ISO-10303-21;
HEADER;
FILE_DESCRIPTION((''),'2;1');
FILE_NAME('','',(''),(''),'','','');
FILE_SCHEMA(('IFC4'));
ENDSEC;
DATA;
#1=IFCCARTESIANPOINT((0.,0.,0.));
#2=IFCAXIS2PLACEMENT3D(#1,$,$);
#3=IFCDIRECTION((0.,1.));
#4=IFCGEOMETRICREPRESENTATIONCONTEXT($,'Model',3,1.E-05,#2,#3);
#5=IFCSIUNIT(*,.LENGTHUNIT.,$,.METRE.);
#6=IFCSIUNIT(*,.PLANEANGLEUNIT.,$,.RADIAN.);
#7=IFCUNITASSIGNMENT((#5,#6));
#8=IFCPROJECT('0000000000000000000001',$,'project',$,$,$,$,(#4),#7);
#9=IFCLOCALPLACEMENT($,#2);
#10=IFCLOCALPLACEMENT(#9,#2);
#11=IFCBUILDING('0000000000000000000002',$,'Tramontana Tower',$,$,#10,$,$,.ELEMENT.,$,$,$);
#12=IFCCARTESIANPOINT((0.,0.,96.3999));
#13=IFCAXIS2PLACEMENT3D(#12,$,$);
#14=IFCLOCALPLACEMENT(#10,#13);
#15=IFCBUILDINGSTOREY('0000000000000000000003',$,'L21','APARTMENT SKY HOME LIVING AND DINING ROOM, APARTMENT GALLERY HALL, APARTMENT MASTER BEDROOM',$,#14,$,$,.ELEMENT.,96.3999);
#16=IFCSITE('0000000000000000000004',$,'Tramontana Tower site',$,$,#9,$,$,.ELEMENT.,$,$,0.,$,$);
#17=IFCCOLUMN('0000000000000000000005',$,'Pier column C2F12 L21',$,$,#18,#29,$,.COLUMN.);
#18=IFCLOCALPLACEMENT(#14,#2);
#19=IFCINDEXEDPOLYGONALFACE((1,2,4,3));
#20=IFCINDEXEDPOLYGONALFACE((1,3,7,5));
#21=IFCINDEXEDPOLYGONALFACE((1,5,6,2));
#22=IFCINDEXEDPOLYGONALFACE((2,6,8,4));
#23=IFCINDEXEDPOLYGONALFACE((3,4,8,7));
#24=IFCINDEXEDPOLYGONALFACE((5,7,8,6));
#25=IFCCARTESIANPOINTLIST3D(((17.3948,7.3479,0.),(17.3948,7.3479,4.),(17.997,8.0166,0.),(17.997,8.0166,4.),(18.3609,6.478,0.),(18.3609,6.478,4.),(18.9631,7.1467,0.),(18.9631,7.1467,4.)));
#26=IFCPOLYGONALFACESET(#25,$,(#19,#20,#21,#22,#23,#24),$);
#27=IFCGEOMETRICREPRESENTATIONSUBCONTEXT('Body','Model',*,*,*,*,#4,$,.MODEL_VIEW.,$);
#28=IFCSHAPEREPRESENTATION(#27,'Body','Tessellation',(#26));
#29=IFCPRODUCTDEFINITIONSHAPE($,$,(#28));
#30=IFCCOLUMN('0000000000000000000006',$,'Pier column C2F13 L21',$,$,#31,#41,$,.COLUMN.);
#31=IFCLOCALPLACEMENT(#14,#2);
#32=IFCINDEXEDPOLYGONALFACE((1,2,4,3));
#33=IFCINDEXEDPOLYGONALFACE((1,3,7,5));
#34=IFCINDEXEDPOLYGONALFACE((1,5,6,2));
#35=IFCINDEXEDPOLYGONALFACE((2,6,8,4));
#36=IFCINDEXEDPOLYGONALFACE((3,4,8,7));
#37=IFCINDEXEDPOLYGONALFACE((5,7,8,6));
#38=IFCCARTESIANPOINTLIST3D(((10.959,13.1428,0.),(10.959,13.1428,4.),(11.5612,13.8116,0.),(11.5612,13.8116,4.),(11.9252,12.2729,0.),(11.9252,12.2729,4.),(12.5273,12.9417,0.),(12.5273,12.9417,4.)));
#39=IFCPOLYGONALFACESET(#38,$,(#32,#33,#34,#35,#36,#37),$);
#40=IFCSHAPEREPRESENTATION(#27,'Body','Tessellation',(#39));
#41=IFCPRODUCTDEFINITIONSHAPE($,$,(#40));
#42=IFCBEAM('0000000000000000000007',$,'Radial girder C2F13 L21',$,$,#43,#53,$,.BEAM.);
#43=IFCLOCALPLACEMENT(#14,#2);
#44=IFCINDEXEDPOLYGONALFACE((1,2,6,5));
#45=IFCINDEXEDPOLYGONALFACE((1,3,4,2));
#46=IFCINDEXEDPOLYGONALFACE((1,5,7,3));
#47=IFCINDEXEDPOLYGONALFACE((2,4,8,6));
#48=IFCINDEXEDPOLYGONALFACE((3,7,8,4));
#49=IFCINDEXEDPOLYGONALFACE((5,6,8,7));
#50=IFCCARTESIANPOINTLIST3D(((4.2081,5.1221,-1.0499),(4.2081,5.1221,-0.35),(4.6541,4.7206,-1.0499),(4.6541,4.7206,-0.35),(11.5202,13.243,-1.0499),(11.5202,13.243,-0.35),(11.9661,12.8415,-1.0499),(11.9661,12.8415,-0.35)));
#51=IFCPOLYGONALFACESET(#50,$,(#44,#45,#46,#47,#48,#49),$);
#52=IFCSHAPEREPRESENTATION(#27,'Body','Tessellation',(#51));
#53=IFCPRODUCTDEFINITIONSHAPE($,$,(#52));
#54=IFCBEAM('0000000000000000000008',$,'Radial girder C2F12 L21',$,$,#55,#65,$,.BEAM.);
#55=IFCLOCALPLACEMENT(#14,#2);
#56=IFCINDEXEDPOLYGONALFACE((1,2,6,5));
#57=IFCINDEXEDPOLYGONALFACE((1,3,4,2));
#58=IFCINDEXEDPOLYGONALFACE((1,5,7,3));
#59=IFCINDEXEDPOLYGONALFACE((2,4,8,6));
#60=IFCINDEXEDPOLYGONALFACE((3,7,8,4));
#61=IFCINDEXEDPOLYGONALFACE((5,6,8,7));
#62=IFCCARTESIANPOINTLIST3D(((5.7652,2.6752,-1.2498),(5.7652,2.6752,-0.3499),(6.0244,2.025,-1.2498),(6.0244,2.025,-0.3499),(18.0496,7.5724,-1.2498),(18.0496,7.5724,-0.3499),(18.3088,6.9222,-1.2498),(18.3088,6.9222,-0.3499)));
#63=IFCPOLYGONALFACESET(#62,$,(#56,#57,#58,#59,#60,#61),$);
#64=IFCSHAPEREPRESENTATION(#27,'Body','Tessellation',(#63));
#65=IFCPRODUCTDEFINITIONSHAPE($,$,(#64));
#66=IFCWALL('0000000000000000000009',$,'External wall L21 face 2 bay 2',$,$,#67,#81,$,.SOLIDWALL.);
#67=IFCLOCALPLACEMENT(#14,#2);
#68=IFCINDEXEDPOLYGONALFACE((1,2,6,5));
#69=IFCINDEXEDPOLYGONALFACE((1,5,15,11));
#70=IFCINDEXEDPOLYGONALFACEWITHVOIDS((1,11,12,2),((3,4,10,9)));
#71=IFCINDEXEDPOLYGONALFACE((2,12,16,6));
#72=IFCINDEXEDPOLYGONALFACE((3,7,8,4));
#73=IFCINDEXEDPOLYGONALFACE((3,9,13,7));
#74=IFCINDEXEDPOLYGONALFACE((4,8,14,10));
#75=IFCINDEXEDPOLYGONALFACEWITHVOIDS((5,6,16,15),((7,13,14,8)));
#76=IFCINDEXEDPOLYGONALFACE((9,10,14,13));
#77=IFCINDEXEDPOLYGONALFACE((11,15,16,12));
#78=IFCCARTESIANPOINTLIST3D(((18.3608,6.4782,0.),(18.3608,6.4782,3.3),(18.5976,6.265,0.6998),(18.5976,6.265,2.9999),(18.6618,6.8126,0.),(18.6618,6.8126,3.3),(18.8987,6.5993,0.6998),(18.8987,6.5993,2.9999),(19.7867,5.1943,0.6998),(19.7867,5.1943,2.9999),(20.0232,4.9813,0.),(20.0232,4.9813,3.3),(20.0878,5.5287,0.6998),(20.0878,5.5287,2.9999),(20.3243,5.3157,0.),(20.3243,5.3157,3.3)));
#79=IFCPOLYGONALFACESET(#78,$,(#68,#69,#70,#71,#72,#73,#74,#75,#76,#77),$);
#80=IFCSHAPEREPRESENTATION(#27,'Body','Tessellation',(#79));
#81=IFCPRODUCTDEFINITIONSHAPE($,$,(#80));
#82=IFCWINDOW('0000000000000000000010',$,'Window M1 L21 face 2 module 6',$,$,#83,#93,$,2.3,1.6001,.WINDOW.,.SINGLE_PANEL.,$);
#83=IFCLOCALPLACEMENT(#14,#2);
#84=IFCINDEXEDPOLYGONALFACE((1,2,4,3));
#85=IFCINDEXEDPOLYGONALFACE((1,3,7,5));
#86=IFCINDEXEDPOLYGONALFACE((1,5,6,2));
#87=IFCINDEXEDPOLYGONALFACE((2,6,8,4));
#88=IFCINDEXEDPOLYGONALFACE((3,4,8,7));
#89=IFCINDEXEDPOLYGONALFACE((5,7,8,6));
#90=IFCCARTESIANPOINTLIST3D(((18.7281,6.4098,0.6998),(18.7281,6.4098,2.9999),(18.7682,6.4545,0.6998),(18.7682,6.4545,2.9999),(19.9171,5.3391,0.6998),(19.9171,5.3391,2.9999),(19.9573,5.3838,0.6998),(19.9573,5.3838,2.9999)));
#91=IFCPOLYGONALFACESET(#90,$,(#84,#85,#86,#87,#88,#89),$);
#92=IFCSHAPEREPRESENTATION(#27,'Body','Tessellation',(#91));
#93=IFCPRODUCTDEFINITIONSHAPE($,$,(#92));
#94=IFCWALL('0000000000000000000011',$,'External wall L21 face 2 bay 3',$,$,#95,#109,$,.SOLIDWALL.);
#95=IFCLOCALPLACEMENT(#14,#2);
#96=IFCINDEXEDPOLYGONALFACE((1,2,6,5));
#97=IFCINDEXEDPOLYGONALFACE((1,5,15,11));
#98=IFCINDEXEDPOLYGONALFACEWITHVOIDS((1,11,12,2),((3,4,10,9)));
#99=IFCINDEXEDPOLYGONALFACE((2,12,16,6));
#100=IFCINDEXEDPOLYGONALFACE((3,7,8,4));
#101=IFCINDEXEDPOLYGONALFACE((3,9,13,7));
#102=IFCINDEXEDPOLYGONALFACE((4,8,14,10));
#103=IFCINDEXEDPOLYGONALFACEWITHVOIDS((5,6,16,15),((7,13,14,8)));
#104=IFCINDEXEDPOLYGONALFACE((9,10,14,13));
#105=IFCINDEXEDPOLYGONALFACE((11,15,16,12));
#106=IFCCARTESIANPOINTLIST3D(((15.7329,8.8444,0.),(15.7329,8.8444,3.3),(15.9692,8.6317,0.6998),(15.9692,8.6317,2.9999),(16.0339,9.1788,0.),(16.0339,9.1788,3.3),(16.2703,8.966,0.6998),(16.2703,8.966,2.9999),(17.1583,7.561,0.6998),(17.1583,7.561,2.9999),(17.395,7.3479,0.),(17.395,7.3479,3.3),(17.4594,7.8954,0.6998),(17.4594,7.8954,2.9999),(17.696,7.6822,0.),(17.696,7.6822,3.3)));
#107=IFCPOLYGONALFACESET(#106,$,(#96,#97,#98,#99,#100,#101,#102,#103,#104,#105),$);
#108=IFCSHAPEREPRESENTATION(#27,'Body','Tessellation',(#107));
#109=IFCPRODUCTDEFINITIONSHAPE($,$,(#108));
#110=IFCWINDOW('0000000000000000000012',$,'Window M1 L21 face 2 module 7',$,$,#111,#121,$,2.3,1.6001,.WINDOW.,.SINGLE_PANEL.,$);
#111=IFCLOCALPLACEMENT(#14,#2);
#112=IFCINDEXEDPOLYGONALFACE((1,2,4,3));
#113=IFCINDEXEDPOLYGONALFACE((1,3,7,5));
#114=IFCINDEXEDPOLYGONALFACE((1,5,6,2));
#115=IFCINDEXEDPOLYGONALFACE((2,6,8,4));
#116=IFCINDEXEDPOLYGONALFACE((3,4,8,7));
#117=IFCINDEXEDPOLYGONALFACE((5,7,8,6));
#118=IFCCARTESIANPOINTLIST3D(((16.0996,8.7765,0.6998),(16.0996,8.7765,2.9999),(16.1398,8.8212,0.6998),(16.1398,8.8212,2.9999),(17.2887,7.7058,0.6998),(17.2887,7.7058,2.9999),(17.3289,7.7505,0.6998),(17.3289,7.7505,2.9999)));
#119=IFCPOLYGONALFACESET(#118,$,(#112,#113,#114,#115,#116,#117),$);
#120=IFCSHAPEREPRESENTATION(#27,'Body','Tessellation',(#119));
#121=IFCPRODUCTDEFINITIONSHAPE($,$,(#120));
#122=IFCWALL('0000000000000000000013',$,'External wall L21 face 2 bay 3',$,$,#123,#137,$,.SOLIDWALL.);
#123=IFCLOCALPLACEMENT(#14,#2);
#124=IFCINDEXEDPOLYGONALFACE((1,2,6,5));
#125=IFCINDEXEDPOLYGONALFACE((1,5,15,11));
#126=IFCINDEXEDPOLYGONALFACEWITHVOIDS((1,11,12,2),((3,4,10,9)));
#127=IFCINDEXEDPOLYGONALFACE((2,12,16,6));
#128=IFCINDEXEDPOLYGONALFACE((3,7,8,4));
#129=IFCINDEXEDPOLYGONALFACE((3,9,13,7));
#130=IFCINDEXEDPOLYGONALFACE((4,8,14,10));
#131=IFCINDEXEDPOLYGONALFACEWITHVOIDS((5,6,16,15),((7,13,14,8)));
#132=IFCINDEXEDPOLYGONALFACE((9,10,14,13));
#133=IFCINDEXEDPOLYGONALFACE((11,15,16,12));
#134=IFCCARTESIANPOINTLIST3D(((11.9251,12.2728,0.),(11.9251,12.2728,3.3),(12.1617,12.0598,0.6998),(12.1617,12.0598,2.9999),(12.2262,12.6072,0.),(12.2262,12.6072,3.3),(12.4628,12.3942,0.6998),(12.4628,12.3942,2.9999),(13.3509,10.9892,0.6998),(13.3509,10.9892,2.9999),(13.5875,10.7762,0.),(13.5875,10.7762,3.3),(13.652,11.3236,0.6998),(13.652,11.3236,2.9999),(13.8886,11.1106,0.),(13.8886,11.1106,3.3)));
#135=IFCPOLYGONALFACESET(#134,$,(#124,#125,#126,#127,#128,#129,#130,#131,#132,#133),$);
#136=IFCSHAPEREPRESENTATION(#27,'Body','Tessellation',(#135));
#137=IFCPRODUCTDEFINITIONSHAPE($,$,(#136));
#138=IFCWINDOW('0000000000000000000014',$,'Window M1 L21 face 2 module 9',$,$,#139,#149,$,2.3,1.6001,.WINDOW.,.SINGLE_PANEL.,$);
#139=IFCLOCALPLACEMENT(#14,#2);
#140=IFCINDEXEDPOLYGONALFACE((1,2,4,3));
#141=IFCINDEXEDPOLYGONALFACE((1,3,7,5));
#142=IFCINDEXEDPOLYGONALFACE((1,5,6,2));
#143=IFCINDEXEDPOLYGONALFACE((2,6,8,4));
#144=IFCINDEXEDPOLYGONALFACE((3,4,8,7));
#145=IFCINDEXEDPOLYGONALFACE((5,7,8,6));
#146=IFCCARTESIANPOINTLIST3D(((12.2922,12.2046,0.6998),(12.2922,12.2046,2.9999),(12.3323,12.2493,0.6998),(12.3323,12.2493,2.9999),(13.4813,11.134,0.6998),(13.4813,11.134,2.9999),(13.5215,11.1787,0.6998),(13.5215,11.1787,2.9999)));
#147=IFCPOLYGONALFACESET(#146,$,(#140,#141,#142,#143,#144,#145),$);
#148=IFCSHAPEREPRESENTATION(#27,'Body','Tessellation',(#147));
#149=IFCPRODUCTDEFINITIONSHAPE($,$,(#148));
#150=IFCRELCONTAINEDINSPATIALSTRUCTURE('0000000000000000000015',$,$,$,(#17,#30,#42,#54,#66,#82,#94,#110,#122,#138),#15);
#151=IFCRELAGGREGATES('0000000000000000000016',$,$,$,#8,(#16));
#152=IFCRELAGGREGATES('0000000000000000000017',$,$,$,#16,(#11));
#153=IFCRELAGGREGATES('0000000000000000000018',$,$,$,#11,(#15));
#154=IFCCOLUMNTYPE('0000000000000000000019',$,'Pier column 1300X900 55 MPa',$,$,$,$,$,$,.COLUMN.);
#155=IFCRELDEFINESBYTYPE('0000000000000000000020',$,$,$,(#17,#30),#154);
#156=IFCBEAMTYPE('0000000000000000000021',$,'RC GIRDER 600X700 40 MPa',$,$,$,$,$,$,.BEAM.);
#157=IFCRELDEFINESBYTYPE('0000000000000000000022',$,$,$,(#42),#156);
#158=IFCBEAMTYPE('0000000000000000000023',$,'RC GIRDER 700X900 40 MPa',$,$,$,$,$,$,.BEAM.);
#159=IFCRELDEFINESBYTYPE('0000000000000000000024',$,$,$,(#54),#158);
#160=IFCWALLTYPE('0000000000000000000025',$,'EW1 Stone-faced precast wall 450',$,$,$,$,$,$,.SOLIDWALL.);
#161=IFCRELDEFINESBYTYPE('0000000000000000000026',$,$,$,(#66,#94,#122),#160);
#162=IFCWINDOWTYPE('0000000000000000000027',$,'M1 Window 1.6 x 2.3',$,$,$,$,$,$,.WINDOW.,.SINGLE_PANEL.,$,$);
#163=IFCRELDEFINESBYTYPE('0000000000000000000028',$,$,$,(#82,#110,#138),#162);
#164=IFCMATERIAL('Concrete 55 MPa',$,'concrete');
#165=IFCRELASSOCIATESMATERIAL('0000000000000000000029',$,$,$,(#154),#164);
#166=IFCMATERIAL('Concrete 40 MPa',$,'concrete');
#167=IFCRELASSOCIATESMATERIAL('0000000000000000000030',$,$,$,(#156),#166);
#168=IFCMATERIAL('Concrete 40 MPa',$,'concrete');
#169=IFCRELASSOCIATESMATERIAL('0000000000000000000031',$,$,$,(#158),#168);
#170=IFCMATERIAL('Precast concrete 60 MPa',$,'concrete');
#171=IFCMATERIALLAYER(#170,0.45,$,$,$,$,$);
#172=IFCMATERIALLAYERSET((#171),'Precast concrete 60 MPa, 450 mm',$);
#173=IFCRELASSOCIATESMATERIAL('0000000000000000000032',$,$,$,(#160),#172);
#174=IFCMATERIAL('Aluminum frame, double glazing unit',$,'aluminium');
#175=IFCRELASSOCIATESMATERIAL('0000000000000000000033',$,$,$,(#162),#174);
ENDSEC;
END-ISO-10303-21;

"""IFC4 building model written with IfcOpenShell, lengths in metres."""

from ifc_helpers import new_model, si_unit, direction, frame, frame_2d, origin, origin_2d, place, context, subcontext, project, spatial, rectangle, extrude, material, layer, layer_set, material_profile, profile_set, type_object, element, fill, save


model = new_model("IFC4")

# Units and contexts
model_context = context("Model", 3, precision=1e-05, world=origin(), true_north=direction((0.0, 1.0)))
body_context = subcontext(model_context, "Body", "Model", "MODEL_VIEW")
ifc_project = project(units=[si_unit("LENGTHUNIT", "METRE"), si_unit("PLANEANGLEUNIT", "RADIAN")], contexts=[model_context])

# Site, building, storey
site_placement = place(None, origin())
site = spatial("IfcSite", under=ifc_project, at=site_placement, Name="Tramontana Tower site", CompositionType="ELEMENT", RefElevation=0.0)
building_placement = place(site_placement, origin())
building = spatial("IfcBuilding", under=site, at=building_placement, Name="Tramontana Tower", CompositionType="ELEMENT")
storey_placement = place(building_placement, frame((0.0, 0.0, 96.3999)))
storey = spatial("IfcBuildingStorey", under=building, at=storey_placement, Name="L21", Description="APARTMENT SKY HOME LIVING AND DINING ROOM, APARTMENT GALLERY HALL, APARTMENT MASTER BEDROOM", CompositionType="ELEMENT", Elevation=96.3999)

# Columns
ifc_material_1 = material(Name="Concrete 55 MPa", Category="concrete")
ifc_material_profile_1 = material_profile(ifc_material_1, rectangle(XDim=1.3, YDim=0.8999, at=origin_2d()), Name="Pier column 1300X900 55 MPa")
ifc_profile_set_1 = profile_set([ifc_material_profile_1], Name="Concrete 55 MPa")
column_type = type_object("IfcColumnType", Name="Pier column 1300X900 55 MPa", PredefinedType="COLUMN", material=ifc_profile_set_1)
for number, where, z_axis, x_axis, name in (
    (1, (18.179, 7.2473, 0.0), (0.0, 0.0, 1.0), (-0.743145, 0.669131, 0.0), "Pier column C2F12 L21"),
    (2, (11.7432, 13.0422, 0.0), (0.0, 0.0, 1.0), (-0.743145, 0.669131, 0.0), "Pier column C2F13 L21"),
):
    element("IfcColumn", number, at=place(storey_placement, frame(where, z_axis=z_axis, x_axis=x_axis)), inside=storey, type_object=column_type, Name=name, PredefinedType="COLUMN", context=body_context, shape_type="SweptSolid", body=[
        extrude(rectangle(XDim=1.3, YDim=0.8999, at=origin_2d()), origin(), (0.0, 0.0, 1.0), 4.0),
    ])

# Beams
ifc_material_2 = material(Name="Concrete 40 MPa", Category="concrete")
ifc_material_profile_2 = material_profile(ifc_material_2, rectangle(XDim=0.6001, YDim=0.7, at=origin_2d()), Name="RC GIRDER 600X700 40 MPa")
ifc_profile_set_2 = profile_set([ifc_material_profile_2], Name="Concrete 40 MPa")
beam_type_1 = type_object("IfcBeamType", Name="RC GIRDER 600X700 40 MPa", PredefinedType="BEAM", material=ifc_profile_set_2)
beam_1_placement = place(storey_placement, frame((11.7432, 13.0422, -0.7), z_axis=(-0.669129, -0.743146, 0.0), x_axis=(0.743146, -0.669129, 0.0)))
element("IfcBeam", 3, at=beam_1_placement, inside=storey, type_object=beam_type_1, Name="Radial girder C2F13 L21", PredefinedType="BEAM", context=body_context, shape_type="SweptSolid", body=[
    extrude(rectangle(XDim=0.6001, YDim=0.7, at=origin_2d()), origin(), (0.0, 0.0, 1.0), 10.9277),
])
ifc_material_3 = material(Name="Concrete 40 MPa", Category="concrete")
ifc_material_profile_3 = material_profile(ifc_material_3, rectangle(XDim=0.7, YDim=0.8999, at=origin_2d()), Name="RC GIRDER 700X900 40 MPa")
ifc_profile_set_3 = profile_set([ifc_material_profile_3], Name="Concrete 40 MPa")
beam_type_2 = type_object("IfcBeamType", Name="RC GIRDER 700X900 40 MPa", PredefinedType="BEAM", material=ifc_profile_set_3)
beam_2_placement = place(storey_placement, frame((18.1792, 7.2473, -0.7998), z_axis=(-0.928908, -0.370311, 0.0), x_axis=(0.370311, -0.928908, 0.0)))
element("IfcBeam", 4, at=beam_2_placement, inside=storey, type_object=beam_type_2, Name="Radial girder C2F12 L21", PredefinedType="BEAM", context=body_context, shape_type="SweptSolid", body=[
    extrude(rectangle(XDim=0.7, YDim=0.8999, at=origin_2d()), origin(), (0.0, 0.0, 1.0), 13.2246),
])

# Walls, openings, windows
ifc_material_4 = material(Name="Precast concrete 60 MPa", Category="concrete")
ifc_layer_1 = layer(ifc_material_4, 0.45)
ifc_layer_set_1 = layer_set([ifc_layer_1], Name="Precast concrete 60 MPa, 450 mm")
wall_type_1 = type_object("IfcWallType", Name="EW1 Stone-faced precast wall 450", PredefinedType="SOLIDWALL", material=ifc_layer_set_1)
wall_1_placement = place(storey_placement, frame((20.1738, 5.1484, 0.0), z_axis=(0.0, 0.0, 1.0), x_axis=(-0.743137, 0.66914, 0.0)))
wall_1 = element("IfcWall", 5, at=wall_1_placement, inside=storey, type_object=wall_type_1, Name="External wall L21 face 2 bay 2", PredefinedType="SOLIDWALL", context=body_context, shape_type="SweptSolid", body=[
    extrude(rectangle(XDim=2.2371, YDim=0.45, at=frame_2d((1.1187, 0.0))), origin(), (0.0, 0.0, 1.0), 3.3),
])
opening_1_placement = place(wall_1_placement, frame((0.3184, 0.0, 0.7)))
opening_1 = element("IfcOpeningElement", 6, at=opening_1_placement, cuts=wall_1, PredefinedType="OPENING", context=body_context, shape_type="SweptSolid", body=[
    extrude(rectangle(XDim=1.6001, YDim=2.3, at=frame_2d((0.8, 1.1499))), frame((0.0, 0.2349, 0.0), z_axis=(0.0, -1.0, 0.0), x_axis=(1.0, 0.0, 0.0)), (0.0, 0.0, 1.0), 0.47),
])
ifc_material_5 = material(Name="Aluminum frame, double glazing unit", Category="aluminium")
window_type = type_object("IfcWindowType", Name="M1 Window 1.6 x 2.3", PartitioningType="SINGLE_PANEL", PredefinedType="WINDOW", material=ifc_material_5)
window_1_placement = place(opening_1_placement, origin())
window_1 = element("IfcWindow", 7, at=window_1_placement, inside=storey, type_object=window_type, Name="Window M1 L21 face 2 module 6", OverallHeight=2.3, OverallWidth=1.6001, PartitioningType="SINGLE_PANEL", PredefinedType="WINDOW", context=body_context, shape_type="SweptSolid", body=[
    extrude(rectangle(XDim=1.6001, YDim=2.3, at=frame_2d((0.8, 1.1499))), frame((0.0, 0.03, 0.0), z_axis=(0.0, -1.0, 0.0), x_axis=(1.0, 0.0, 0.0)), (0.0, 0.0, 1.0), 0.0601),
])
fill(opening_1, window_1)
wall_2_placement = place(storey_placement, frame((17.5454, 7.5151, 0.0), z_axis=(0.0, 0.0, 1.0), x_axis=(-0.743142, 0.669134, 0.0)))
wall_2 = element("IfcWall", 8, at=wall_2_placement, inside=storey, type_object=wall_type_1, Name="External wall L21 face 2 bay 3", PredefinedType="SOLIDWALL", context=body_context, shape_type="SweptSolid", body=[
    extrude(rectangle(XDim=2.2366, YDim=0.45, at=frame_2d((1.1182, 0.0))), origin(), (0.0, 0.0, 1.0), 3.3),
])
opening_2_placement = place(wall_2_placement, frame((0.3184, 0.0, 0.7)))
opening_2 = element("IfcOpeningElement", 9, at=opening_2_placement, cuts=wall_2, PredefinedType="OPENING", context=body_context, shape_type="SweptSolid", body=[
    extrude(rectangle(XDim=1.6001, YDim=2.3, at=frame_2d((0.8, 1.1499))), frame((0.0, 0.2349, 0.0), z_axis=(0.0, -1.0, 0.0), x_axis=(1.0, 0.0, 0.0)), (0.0, 0.0, 1.0), 0.47),
])
window_2_placement = place(opening_2_placement, origin())
window_2 = element("IfcWindow", 10, at=window_2_placement, inside=storey, type_object=window_type, Name="Window M1 L21 face 2 module 7", OverallHeight=2.3, OverallWidth=1.6001, PartitioningType="SINGLE_PANEL", PredefinedType="WINDOW", context=body_context, shape_type="SweptSolid", body=[
    extrude(rectangle(XDim=1.6001, YDim=2.3, at=frame_2d((0.8, 1.1499))), frame((0.0, 0.03, 0.0), z_axis=(0.0, -1.0, 0.0), x_axis=(1.0, 0.0, 0.0)), (0.0, 0.0, 1.0), 0.0601),
])
fill(opening_2, window_2)
wall_3_placement = place(storey_placement, frame((13.738, 10.9434, 0.0), z_axis=(0.0, 0.0, 1.0), x_axis=(-0.743191, 0.669079, 0.0)))
wall_3 = element("IfcWall", 11, at=wall_3_placement, inside=storey, type_object=wall_type_1, Name="External wall L21 face 2 bay 3", PredefinedType="SOLIDWALL", context=body_context, shape_type="SweptSolid", body=[
    extrude(rectangle(XDim=2.2368, YDim=0.45, at=frame_2d((1.1184, 0.0))), origin(), (0.0, 0.0, 1.0), 3.3),
])
opening_3_placement = place(wall_3_placement, frame((0.3184, 0.0, 0.7)))
opening_3 = element("IfcOpeningElement", 12, at=opening_3_placement, cuts=wall_3, PredefinedType="OPENING", context=body_context, shape_type="SweptSolid", body=[
    extrude(rectangle(XDim=1.6001, YDim=2.3, at=frame_2d((0.8, 1.1499))), frame((0.0, 0.2349, 0.0), z_axis=(0.0, -1.0, 0.0), x_axis=(1.0, 0.0, 0.0)), (0.0, 0.0, 1.0), 0.47),
])
window_3_placement = place(opening_3_placement, origin())
window_3 = element("IfcWindow", 13, at=window_3_placement, inside=storey, type_object=window_type, Name="Window M1 L21 face 2 module 9", OverallHeight=2.3, OverallWidth=1.6001, PartitioningType="SINGLE_PANEL", PredefinedType="WINDOW", context=body_context, shape_type="SweptSolid", body=[
    extrude(rectangle(XDim=1.6001, YDim=2.3, at=frame_2d((0.8, 1.1499))), frame((0.0, 0.03, 0.0), z_axis=(0.0, -1.0, 0.0), x_axis=(1.0, 0.0, 0.0)), (0.0, 0.0, 1.0), 0.0601),
])
fill(opening_3, window_3)

save(model, "model.ifc")
